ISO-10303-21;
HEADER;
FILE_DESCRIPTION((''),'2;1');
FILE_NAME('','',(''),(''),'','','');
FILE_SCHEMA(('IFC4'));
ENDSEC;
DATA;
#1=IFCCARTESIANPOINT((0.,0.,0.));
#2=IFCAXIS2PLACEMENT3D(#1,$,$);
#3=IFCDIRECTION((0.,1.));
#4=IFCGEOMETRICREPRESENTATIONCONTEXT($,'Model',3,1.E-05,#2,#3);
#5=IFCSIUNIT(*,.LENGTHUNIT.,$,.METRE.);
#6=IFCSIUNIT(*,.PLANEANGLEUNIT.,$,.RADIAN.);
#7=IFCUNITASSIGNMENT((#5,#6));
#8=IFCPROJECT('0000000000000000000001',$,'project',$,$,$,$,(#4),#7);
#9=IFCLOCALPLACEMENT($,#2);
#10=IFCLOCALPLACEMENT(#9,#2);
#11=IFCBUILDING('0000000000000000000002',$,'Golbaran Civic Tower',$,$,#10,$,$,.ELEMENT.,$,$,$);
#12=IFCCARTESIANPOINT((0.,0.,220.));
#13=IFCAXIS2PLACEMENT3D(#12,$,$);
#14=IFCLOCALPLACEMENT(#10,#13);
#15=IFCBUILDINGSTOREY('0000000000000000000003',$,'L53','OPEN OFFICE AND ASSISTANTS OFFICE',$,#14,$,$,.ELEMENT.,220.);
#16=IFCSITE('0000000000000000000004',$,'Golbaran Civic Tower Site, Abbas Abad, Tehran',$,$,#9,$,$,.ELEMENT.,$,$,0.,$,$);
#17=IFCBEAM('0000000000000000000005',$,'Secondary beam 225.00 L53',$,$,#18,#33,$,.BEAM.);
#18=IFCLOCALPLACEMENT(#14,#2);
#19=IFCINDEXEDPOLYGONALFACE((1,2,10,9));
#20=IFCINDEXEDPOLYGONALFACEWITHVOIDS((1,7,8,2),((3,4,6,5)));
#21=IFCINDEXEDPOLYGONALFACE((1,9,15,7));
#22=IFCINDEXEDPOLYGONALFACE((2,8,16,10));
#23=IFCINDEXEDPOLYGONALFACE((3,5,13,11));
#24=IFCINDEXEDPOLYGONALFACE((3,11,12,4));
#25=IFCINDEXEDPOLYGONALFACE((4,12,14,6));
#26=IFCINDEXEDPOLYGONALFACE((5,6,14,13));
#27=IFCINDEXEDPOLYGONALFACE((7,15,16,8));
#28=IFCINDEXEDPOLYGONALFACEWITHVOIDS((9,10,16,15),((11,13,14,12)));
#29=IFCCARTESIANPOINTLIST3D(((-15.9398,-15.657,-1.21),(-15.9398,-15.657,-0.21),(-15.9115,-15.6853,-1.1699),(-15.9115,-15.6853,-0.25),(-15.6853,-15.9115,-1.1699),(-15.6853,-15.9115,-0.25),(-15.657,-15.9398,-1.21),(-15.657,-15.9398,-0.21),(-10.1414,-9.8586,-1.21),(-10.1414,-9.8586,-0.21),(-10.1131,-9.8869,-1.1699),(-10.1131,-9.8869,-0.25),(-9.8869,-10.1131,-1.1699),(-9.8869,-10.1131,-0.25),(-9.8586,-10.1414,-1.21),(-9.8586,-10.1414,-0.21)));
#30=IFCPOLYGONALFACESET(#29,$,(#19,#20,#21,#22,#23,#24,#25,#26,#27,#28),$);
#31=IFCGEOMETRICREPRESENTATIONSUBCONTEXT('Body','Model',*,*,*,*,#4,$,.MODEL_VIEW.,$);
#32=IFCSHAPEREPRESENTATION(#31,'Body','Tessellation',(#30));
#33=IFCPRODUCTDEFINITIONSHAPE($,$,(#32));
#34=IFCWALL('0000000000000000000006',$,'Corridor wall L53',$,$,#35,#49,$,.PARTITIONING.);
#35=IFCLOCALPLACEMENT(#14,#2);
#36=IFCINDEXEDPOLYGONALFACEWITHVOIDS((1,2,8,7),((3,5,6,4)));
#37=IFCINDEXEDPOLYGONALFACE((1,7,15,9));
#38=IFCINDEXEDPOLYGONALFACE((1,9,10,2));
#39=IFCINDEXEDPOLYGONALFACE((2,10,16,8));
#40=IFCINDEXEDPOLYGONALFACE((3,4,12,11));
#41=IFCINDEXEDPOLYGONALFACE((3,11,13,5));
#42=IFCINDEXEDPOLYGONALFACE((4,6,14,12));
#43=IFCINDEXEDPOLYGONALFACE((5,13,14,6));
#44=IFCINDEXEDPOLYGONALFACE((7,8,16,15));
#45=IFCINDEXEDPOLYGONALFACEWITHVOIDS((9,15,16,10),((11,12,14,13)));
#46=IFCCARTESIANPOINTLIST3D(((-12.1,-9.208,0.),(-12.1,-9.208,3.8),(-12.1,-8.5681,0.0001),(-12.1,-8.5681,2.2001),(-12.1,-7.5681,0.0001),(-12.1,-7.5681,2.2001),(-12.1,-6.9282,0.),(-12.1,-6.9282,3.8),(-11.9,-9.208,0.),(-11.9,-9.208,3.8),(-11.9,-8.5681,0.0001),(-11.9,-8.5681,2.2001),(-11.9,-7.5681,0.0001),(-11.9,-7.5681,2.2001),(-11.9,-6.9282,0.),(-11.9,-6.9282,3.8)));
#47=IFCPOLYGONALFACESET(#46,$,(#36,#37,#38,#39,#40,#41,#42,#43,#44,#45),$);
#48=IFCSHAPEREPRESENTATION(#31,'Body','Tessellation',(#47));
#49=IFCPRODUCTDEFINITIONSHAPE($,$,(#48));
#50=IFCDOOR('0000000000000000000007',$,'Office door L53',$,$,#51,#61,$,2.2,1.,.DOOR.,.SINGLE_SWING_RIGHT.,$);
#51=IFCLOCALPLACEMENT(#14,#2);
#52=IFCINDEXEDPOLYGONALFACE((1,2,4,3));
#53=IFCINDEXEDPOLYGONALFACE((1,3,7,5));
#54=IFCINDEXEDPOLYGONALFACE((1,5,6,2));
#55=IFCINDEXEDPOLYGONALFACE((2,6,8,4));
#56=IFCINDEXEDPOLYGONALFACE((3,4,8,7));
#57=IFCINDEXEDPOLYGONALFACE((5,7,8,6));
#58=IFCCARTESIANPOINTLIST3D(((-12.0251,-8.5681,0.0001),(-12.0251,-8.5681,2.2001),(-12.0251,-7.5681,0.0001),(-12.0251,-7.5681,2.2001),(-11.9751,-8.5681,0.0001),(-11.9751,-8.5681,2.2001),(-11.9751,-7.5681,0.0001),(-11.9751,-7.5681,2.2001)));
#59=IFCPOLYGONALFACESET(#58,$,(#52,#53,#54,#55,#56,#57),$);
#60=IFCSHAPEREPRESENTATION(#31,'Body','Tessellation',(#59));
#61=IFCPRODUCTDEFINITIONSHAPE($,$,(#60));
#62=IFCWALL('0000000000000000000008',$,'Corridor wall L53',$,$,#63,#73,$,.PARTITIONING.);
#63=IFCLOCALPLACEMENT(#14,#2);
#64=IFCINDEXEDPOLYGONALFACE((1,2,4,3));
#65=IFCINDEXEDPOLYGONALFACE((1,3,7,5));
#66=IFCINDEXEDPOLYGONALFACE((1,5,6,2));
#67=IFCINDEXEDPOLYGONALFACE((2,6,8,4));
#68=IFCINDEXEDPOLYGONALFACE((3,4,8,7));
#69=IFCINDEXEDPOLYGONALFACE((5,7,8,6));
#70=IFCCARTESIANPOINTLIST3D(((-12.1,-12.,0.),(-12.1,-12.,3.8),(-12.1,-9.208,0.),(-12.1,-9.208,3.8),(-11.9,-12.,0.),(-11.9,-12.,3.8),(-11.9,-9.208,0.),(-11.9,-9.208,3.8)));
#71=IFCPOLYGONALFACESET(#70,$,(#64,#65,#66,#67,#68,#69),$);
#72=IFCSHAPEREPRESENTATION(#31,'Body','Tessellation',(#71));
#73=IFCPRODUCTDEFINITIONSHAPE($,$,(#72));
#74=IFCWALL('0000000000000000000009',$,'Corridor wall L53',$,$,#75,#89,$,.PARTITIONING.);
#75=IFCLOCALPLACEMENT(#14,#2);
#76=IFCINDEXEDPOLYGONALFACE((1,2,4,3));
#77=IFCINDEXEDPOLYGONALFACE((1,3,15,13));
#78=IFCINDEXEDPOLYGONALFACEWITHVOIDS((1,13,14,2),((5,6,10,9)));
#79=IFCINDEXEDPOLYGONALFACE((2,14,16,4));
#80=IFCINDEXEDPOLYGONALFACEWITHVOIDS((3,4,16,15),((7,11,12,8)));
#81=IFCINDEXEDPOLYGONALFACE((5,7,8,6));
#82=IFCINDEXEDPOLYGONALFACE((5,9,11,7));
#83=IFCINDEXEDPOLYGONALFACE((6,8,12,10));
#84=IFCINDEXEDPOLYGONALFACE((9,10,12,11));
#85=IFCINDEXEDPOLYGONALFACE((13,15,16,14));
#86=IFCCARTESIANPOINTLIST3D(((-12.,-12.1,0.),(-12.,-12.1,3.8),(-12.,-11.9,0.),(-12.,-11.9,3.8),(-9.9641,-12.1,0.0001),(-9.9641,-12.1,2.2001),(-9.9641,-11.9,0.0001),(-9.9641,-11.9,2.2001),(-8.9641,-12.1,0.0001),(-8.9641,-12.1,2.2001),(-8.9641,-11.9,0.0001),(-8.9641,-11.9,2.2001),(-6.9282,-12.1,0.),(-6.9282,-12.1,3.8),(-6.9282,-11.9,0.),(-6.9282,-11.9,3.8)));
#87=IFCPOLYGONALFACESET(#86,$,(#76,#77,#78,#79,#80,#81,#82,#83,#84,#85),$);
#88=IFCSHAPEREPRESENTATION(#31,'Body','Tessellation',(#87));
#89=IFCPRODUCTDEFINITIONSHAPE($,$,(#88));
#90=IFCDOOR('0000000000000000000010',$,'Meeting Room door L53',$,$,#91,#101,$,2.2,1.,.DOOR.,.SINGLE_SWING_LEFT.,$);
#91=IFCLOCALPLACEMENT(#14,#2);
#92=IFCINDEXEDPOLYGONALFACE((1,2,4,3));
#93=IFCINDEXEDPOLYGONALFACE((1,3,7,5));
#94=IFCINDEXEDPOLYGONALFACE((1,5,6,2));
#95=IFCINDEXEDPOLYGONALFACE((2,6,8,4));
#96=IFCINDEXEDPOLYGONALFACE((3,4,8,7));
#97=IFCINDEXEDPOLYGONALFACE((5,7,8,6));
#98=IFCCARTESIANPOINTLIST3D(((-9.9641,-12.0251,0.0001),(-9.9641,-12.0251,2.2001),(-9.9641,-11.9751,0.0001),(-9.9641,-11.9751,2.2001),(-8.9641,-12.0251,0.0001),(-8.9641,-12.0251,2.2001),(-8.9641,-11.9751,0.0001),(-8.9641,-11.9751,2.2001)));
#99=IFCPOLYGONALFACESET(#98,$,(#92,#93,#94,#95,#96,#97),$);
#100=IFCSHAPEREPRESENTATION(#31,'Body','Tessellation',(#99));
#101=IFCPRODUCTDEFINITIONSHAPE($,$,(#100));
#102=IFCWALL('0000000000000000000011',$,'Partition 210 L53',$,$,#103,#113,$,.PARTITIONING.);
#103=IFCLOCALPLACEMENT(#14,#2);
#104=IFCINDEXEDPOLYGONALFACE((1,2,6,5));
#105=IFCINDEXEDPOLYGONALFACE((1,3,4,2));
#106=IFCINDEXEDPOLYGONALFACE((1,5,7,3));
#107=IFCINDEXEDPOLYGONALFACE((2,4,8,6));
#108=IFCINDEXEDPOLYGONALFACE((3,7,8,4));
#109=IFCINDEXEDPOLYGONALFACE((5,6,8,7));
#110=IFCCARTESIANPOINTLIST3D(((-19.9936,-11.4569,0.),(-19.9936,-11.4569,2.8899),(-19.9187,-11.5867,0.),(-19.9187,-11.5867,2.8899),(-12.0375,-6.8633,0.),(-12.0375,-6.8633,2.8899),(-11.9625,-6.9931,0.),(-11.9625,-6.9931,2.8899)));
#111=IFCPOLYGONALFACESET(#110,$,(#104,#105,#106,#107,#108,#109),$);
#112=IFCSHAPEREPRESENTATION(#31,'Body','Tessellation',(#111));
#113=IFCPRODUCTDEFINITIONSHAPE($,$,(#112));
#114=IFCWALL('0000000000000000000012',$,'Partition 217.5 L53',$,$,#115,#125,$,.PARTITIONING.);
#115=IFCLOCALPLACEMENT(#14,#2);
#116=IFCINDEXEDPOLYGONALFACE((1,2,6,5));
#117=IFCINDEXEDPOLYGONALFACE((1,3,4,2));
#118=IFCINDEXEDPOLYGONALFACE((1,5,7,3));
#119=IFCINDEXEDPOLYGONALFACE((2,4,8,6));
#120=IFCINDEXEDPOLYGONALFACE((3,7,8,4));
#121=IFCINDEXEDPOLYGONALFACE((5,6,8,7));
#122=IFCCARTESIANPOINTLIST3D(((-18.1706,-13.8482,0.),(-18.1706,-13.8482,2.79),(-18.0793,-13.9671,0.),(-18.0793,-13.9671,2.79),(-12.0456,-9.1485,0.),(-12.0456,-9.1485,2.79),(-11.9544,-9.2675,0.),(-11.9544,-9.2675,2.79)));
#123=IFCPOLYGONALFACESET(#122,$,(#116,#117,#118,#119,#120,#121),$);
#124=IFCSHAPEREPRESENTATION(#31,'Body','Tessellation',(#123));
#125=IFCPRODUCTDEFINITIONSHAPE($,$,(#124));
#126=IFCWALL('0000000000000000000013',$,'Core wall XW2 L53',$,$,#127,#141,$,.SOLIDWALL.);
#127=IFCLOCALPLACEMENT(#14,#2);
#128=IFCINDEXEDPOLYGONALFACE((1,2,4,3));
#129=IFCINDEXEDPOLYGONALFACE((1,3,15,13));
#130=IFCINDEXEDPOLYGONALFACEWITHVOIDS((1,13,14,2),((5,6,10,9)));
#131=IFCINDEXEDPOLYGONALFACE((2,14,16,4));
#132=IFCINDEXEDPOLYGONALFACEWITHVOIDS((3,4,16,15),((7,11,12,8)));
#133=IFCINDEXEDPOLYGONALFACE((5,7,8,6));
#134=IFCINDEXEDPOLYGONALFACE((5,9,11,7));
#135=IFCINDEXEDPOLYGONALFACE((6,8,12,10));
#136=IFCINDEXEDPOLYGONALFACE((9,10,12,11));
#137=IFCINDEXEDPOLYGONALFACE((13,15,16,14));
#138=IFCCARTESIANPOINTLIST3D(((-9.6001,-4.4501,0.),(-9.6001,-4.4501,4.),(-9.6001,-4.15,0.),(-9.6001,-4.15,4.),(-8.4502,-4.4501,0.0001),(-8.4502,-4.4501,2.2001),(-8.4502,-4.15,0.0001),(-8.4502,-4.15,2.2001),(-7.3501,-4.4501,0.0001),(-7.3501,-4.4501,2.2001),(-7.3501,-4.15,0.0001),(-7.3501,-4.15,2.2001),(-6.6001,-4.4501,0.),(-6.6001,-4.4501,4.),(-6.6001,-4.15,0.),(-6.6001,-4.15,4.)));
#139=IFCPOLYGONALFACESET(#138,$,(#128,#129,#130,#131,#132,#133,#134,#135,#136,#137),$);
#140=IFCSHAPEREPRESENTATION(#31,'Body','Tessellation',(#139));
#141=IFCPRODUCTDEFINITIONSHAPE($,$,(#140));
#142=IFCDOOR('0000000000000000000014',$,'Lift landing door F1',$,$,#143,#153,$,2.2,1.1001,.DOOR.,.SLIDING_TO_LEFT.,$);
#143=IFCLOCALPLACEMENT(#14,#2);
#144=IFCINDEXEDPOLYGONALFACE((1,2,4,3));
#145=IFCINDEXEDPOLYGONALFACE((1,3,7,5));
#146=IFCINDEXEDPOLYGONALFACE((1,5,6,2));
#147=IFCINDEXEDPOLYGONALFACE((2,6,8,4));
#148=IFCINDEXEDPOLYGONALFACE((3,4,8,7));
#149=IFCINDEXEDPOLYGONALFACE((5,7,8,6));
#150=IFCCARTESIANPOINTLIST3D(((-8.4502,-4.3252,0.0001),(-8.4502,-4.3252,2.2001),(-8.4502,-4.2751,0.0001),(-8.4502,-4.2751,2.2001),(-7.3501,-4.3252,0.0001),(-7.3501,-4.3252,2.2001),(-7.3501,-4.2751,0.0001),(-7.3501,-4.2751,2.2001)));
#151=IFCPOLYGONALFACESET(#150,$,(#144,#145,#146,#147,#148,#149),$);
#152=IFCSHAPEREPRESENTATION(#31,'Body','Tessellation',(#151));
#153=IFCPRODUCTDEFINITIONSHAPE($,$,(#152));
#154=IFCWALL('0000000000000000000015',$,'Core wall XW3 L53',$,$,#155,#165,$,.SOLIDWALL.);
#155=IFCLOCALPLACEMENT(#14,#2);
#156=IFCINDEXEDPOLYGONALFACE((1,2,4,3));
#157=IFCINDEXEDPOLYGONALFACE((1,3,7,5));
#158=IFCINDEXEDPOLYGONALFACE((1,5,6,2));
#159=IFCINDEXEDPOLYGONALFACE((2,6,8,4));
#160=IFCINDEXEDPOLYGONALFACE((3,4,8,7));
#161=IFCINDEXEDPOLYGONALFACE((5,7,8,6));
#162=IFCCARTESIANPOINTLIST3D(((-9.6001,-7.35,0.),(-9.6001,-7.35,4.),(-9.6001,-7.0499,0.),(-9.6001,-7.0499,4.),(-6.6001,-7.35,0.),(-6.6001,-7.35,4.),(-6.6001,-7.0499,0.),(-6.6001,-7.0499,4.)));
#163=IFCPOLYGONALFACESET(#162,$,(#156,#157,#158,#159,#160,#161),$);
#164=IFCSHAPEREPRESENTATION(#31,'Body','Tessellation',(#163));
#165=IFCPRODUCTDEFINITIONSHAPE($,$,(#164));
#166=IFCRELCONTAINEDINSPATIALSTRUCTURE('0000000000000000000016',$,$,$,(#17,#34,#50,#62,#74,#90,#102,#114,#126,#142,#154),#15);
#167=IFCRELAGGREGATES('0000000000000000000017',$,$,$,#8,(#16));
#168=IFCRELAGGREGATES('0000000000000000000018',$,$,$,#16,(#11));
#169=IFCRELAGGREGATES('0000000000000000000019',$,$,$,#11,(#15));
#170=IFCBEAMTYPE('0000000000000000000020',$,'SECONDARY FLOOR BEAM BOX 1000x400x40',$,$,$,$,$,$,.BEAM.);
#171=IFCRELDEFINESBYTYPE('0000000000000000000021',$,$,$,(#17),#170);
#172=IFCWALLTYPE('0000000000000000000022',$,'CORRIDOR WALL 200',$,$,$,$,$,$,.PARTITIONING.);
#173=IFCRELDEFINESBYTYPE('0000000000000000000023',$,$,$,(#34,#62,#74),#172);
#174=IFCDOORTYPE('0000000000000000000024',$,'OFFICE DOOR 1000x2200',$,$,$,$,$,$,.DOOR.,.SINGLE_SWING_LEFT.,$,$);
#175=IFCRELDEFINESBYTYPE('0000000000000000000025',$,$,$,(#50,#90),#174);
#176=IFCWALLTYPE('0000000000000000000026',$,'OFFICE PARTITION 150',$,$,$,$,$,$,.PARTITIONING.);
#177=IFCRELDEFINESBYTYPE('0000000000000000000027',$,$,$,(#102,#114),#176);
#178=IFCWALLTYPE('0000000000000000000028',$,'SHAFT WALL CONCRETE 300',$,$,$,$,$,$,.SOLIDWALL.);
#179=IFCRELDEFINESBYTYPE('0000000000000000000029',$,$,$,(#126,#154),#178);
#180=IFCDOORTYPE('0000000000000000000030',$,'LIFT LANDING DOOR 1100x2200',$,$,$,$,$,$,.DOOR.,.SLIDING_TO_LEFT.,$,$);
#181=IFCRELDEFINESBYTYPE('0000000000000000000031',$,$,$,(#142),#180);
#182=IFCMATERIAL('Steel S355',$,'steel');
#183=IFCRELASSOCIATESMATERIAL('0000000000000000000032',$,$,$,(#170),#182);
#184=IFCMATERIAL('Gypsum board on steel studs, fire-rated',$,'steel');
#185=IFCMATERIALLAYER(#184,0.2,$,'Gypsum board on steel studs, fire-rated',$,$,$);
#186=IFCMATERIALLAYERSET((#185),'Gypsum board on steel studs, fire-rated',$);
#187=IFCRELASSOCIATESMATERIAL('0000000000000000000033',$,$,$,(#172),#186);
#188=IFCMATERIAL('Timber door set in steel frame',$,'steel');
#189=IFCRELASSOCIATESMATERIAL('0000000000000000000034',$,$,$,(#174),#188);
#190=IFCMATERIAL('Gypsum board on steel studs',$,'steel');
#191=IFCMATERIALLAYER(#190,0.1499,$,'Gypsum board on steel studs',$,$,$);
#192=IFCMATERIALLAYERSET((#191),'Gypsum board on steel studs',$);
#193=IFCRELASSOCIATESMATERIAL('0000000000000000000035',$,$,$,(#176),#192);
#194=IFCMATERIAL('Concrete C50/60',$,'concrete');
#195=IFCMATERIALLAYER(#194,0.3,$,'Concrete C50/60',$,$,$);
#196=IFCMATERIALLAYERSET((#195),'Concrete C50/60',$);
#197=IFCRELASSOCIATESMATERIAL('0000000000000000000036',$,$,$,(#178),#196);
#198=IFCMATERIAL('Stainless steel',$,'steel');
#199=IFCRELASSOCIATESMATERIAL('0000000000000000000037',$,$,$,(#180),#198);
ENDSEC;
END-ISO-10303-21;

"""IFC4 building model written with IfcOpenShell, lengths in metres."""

from ifc_helpers import new_model, si_unit, direction, frame, frame_2d, origin, origin_2d, place, context, subcontext, project, spatial, rectangle, hollow_rectangle, extrude, material, layer, layer_set, material_profile, profile_set, type_object, element, fill, save


model = new_model("IFC4")

# Units and contexts
model_context = context("Model", 3, precision=1e-05, world=origin(), true_north=direction((0.0, 1.0)))
body_context = subcontext(model_context, "Body", "Model", "MODEL_VIEW")
ifc_project = project(units=[si_unit("LENGTHUNIT", "METRE"), si_unit("PLANEANGLEUNIT", "RADIAN")], contexts=[model_context])

# Site, building, storey
site_placement = place(None, origin())
site = spatial("IfcSite", under=ifc_project, at=site_placement, Name="Golbaran Civic Tower Site, Abbas Abad, Tehran", CompositionType="ELEMENT", RefElevation=0.0)
building_placement = place(site_placement, origin())
building = spatial("IfcBuilding", under=site, at=building_placement, Name="Golbaran Civic Tower", CompositionType="ELEMENT")
storey_placement = place(building_placement, frame((0.0, 0.0, 220.0)))
storey = spatial("IfcBuildingStorey", under=building, at=storey_placement, Name="L53", Description="OPEN OFFICE AND ASSISTANTS OFFICE", CompositionType="ELEMENT", Elevation=220.0)

# Beam
ifc_material_1 = material(Name="Steel S355", Category="steel")
ifc_material_profile_1 = material_profile(ifc_material_1, hollow_rectangle(XDim=0.3999, YDim=1.0, WallThickness=0.04, at=origin_2d()), Name="BOX 1000x400x40")
ifc_profile_set_1 = profile_set([ifc_material_profile_1], Name="Steel S355")
beam_type_1 = type_object("IfcBeamType", Name="SECONDARY FLOOR BEAM BOX 1000x400x40", PredefinedType="BEAM", material=ifc_profile_set_1)
beam_1_placement = place(storey_placement, frame((-10.0, -10.0, -0.71), z_axis=(-0.707107, -0.707107, 0.0), x_axis=(0.707107, -0.707107, 0.0)))
element("IfcBeam", 1, at=beam_1_placement, inside=storey, type_object=beam_type_1, Name="Secondary beam 225.00 L53", PredefinedType="BEAM", context=body_context, shape_type="SweptSolid", body=[
    extrude(hollow_rectangle(XDim=0.3999, YDim=1.0, WallThickness=0.04, at=origin_2d()), origin(), (0.0, 0.0, 1.0), 8.2002),
])

# Wall, opening, door
ifc_material_2 = material(Name="Gypsum board on steel studs, fire-rated", Category="steel")
ifc_layer_1 = layer(ifc_material_2, 0.2, Name="Gypsum board on steel studs, fire-rated")
ifc_layer_set_1 = layer_set([ifc_layer_1], Name="Gypsum board on steel studs, fire-rated")
wall_type_1 = type_object("IfcWallType", Name="CORRIDOR WALL 200", PredefinedType="PARTITIONING", material=ifc_layer_set_1)
wall_1_placement = place(storey_placement, frame((-12.0, -6.9282, 0.0), z_axis=(0.0, 0.0, 1.0), x_axis=(0.0, -1.0, 0.0)))
wall_1 = element("IfcWall", 2, at=wall_1_placement, inside=storey, type_object=wall_type_1, Name="Corridor wall L53", PredefinedType="PARTITIONING", context=body_context, shape_type="SweptSolid", body=[
    extrude(rectangle(XDim=2.2798, YDim=0.2, at=frame_2d((1.1399, 0.0))), origin(), (0.0, 0.0, 1.0), 3.8),
])
opening_1_placement = place(wall_1_placement, frame((0.6399, 0.0, 0.0)))
opening_1 = element("IfcOpeningElement", 3, at=opening_1_placement, cuts=wall_1, PredefinedType="OPENING", context=body_context, shape_type="SweptSolid", body=[
    extrude(rectangle(XDim=1.0, YDim=2.2, at=frame_2d((0.5, 1.1001))), frame((0.0, 0.1099, 0.0), z_axis=(0.0, -1.0, 0.0), x_axis=(1.0, 0.0, 0.0)), (0.0, 0.0, 1.0), 0.22),
])
ifc_material_3 = material(Name="Timber door set in steel frame", Category="steel")
door_type_1 = type_object("IfcDoorType", Name="OFFICE DOOR 1000x2200", OperationType="SINGLE_SWING_LEFT", PredefinedType="DOOR", material=ifc_material_3)
door_1_placement = place(opening_1_placement, origin())
door_1 = element("IfcDoor", 4, at=door_1_placement, inside=storey, type_object=door_type_1, Name="Office door L53", OperationType="SINGLE_SWING_RIGHT", OverallHeight=2.2, OverallWidth=1.0, PredefinedType="DOOR", context=body_context, shape_type="SweptSolid", body=[
    extrude(rectangle(XDim=1.0, YDim=2.2, at=frame_2d((0.5, 1.1001))), frame((0.0, 0.0249, 0.0), z_axis=(0.0, -1.0, 0.0), x_axis=(1.0, 0.0, 0.0)), (0.0, 0.0, 1.0), 0.05),
])
fill(opening_1, door_1)

# Wall
wall_2_placement = place(storey_placement, frame((-12.0, -9.208, 0.0), z_axis=(0.0, 0.0, 1.0), x_axis=(0.0, -1.0, 0.0)))
element("IfcWall", 5, at=wall_2_placement, inside=storey, type_object=wall_type_1, Name="Corridor wall L53", PredefinedType="PARTITIONING", context=body_context, shape_type="SweptSolid", body=[
    extrude(rectangle(XDim=2.792, YDim=0.2, at=frame_2d((1.396, 0.0))), origin(), (0.0, 0.0, 1.0), 3.8),
])

# Wall, opening, door
wall_3_placement = place(storey_placement, frame((-12.0, -12.0, 0.0), z_axis=(0.0, 0.0, 1.0), x_axis=(1.0, 0.0, 0.0)))
wall_3 = element("IfcWall", 6, at=wall_3_placement, inside=storey, type_object=wall_type_1, Name="Corridor wall L53", PredefinedType="PARTITIONING", context=body_context, shape_type="SweptSolid", body=[
    extrude(rectangle(XDim=5.0718, YDim=0.2, at=frame_2d((2.5359, 0.0))), origin(), (0.0, 0.0, 1.0), 3.8),
])
opening_2_placement = place(wall_3_placement, frame((2.0359, 0.0, 0.0)))
opening_2 = element("IfcOpeningElement", 7, at=opening_2_placement, cuts=wall_3, PredefinedType="OPENING", context=body_context, shape_type="SweptSolid", body=[
    extrude(rectangle(XDim=1.0, YDim=2.2, at=frame_2d((0.5, 1.1001))), frame((0.0, 0.1099, 0.0), z_axis=(0.0, -1.0, 0.0), x_axis=(1.0, 0.0, 0.0)), (0.0, 0.0, 1.0), 0.22),
])
door_2_placement = place(opening_2_placement, origin())
door_2 = element("IfcDoor", 8, at=door_2_placement, inside=storey, type_object=door_type_1, Name="Meeting Room door L53", OperationType="SINGLE_SWING_LEFT", OverallHeight=2.2, OverallWidth=1.0, PredefinedType="DOOR", context=body_context, shape_type="SweptSolid", body=[
    extrude(rectangle(XDim=1.0, YDim=2.2, at=frame_2d((0.5, 1.1001))), frame((0.0, 0.0249, 0.0), z_axis=(0.0, -1.0, 0.0), x_axis=(1.0, 0.0, 0.0)), (0.0, 0.0, 1.0), 0.05),
])
fill(opening_2, door_2)

# Walls
ifc_material_4 = material(Name="Gypsum board on steel studs", Category="steel")
ifc_layer_2 = layer(ifc_material_4, 0.1499, Name="Gypsum board on steel studs")
ifc_layer_set_2 = layer_set([ifc_layer_2], Name="Gypsum board on steel studs")
wall_type_2 = type_object("IfcWallType", Name="OFFICE PARTITION 150", PredefinedType="PARTITIONING", material=ifc_layer_set_2)
wall_4_placement = place(storey_placement, frame((-12.0, -6.9282, 0.0), z_axis=(0.0, 0.0, 1.0), x_axis=(-0.866022, -0.500006, 0.0)))
element("IfcWall", 9, at=wall_4_placement, inside=storey, type_object=wall_type_2, Name="Partition 210 L53", PredefinedType="PARTITIONING", context=body_context, shape_type="SweptSolid", body=[
    extrude(rectangle(XDim=9.187, YDim=0.1499, at=frame_2d((4.5935, 0.0))), origin(), (0.0, 0.0, 1.0), 2.8899),
])
wall_5_placement = place(storey_placement, frame((-12.0, -9.208, 0.0), z_axis=(0.0, 0.0, 1.0), x_axis=(-0.793364, -0.608748, 0.0)))
element("IfcWall", 10, at=wall_5_placement, inside=storey, type_object=wall_type_2, Name="Partition 217.5 L53", PredefinedType="PARTITIONING", context=body_context, shape_type="SweptSolid", body=[
    extrude(rectangle(XDim=7.7202, YDim=0.1499, at=frame_2d((3.8601, 0.0))), origin(), (0.0, 0.0, 1.0), 2.79),
])

# Wall, opening, door
ifc_material_5 = material(Name="Concrete C50/60", Category="concrete")
ifc_layer_3 = layer(ifc_material_5, 0.3, Name="Concrete C50/60")
ifc_layer_set_3 = layer_set([ifc_layer_3], Name="Concrete C50/60")
wall_type_3 = type_object("IfcWallType", Name="SHAFT WALL CONCRETE 300", PredefinedType="SOLIDWALL", material=ifc_layer_set_3)
wall_6_placement = place(storey_placement, frame((-9.6001, -4.3, 0.0), z_axis=(0.0, 0.0, 1.0), x_axis=(1.0, 0.0, 0.0)))
wall_6 = element("IfcWall", 11, at=wall_6_placement, inside=storey, type_object=wall_type_3, Name="Core wall XW2 L53", PredefinedType="SOLIDWALL", context=body_context, shape_type="SweptSolid", body=[
    extrude(rectangle(XDim=3.0, YDim=0.3, at=frame_2d((1.5, 0.0))), origin(), (0.0, 0.0, 1.0), 4.0),
])
opening_3_placement = place(wall_6_placement, frame((1.1499, 0.0, 0.0)))
opening_3 = element("IfcOpeningElement", 12, at=opening_3_placement, cuts=wall_6, PredefinedType="OPENING", context=body_context, shape_type="SweptSolid", body=[
    extrude(rectangle(XDim=1.1001, YDim=2.2, at=frame_2d((0.55, 1.1001))), frame((0.0, 0.1599, 0.0), z_axis=(0.0, -1.0, 0.0), x_axis=(1.0, 0.0, 0.0)), (0.0, 0.0, 1.0), 0.3201),
])
ifc_material_6 = material(Name="Stainless steel", Category="steel")
door_type_2 = type_object("IfcDoorType", Name="LIFT LANDING DOOR 1100x2200", OperationType="SLIDING_TO_LEFT", PredefinedType="DOOR", material=ifc_material_6)
door_3_placement = place(opening_3_placement, origin())
door_3 = element("IfcDoor", 13, at=door_3_placement, inside=storey, type_object=door_type_2, Name="Lift landing door F1", OperationType="SLIDING_TO_LEFT", OverallHeight=2.2, OverallWidth=1.1001, PredefinedType="DOOR", context=body_context, shape_type="SweptSolid", body=[
    extrude(rectangle(XDim=1.1001, YDim=2.2, at=frame_2d((0.55, 1.1001))), frame((0.0, 0.0249, 0.0), z_axis=(0.0, -1.0, 0.0), x_axis=(1.0, 0.0, 0.0)), (0.0, 0.0, 1.0), 0.05),
])
fill(opening_3, door_3)

# Wall
wall_7_placement = place(storey_placement, frame((-9.6001, -7.2, 0.0), z_axis=(0.0, 0.0, 1.0), x_axis=(1.0, 0.0, 0.0)))
element("IfcWall", 14, at=wall_7_placement, inside=storey, type_object=wall_type_3, Name="Core wall XW3 L53", PredefinedType="SOLIDWALL", context=body_context, shape_type="SweptSolid", body=[
    extrude(rectangle(XDim=3.0, YDim=0.3, at=frame_2d((1.5, 0.0))), origin(), (0.0, 0.0, 1.0), 4.0),
])

save(model, "model.ifc")
